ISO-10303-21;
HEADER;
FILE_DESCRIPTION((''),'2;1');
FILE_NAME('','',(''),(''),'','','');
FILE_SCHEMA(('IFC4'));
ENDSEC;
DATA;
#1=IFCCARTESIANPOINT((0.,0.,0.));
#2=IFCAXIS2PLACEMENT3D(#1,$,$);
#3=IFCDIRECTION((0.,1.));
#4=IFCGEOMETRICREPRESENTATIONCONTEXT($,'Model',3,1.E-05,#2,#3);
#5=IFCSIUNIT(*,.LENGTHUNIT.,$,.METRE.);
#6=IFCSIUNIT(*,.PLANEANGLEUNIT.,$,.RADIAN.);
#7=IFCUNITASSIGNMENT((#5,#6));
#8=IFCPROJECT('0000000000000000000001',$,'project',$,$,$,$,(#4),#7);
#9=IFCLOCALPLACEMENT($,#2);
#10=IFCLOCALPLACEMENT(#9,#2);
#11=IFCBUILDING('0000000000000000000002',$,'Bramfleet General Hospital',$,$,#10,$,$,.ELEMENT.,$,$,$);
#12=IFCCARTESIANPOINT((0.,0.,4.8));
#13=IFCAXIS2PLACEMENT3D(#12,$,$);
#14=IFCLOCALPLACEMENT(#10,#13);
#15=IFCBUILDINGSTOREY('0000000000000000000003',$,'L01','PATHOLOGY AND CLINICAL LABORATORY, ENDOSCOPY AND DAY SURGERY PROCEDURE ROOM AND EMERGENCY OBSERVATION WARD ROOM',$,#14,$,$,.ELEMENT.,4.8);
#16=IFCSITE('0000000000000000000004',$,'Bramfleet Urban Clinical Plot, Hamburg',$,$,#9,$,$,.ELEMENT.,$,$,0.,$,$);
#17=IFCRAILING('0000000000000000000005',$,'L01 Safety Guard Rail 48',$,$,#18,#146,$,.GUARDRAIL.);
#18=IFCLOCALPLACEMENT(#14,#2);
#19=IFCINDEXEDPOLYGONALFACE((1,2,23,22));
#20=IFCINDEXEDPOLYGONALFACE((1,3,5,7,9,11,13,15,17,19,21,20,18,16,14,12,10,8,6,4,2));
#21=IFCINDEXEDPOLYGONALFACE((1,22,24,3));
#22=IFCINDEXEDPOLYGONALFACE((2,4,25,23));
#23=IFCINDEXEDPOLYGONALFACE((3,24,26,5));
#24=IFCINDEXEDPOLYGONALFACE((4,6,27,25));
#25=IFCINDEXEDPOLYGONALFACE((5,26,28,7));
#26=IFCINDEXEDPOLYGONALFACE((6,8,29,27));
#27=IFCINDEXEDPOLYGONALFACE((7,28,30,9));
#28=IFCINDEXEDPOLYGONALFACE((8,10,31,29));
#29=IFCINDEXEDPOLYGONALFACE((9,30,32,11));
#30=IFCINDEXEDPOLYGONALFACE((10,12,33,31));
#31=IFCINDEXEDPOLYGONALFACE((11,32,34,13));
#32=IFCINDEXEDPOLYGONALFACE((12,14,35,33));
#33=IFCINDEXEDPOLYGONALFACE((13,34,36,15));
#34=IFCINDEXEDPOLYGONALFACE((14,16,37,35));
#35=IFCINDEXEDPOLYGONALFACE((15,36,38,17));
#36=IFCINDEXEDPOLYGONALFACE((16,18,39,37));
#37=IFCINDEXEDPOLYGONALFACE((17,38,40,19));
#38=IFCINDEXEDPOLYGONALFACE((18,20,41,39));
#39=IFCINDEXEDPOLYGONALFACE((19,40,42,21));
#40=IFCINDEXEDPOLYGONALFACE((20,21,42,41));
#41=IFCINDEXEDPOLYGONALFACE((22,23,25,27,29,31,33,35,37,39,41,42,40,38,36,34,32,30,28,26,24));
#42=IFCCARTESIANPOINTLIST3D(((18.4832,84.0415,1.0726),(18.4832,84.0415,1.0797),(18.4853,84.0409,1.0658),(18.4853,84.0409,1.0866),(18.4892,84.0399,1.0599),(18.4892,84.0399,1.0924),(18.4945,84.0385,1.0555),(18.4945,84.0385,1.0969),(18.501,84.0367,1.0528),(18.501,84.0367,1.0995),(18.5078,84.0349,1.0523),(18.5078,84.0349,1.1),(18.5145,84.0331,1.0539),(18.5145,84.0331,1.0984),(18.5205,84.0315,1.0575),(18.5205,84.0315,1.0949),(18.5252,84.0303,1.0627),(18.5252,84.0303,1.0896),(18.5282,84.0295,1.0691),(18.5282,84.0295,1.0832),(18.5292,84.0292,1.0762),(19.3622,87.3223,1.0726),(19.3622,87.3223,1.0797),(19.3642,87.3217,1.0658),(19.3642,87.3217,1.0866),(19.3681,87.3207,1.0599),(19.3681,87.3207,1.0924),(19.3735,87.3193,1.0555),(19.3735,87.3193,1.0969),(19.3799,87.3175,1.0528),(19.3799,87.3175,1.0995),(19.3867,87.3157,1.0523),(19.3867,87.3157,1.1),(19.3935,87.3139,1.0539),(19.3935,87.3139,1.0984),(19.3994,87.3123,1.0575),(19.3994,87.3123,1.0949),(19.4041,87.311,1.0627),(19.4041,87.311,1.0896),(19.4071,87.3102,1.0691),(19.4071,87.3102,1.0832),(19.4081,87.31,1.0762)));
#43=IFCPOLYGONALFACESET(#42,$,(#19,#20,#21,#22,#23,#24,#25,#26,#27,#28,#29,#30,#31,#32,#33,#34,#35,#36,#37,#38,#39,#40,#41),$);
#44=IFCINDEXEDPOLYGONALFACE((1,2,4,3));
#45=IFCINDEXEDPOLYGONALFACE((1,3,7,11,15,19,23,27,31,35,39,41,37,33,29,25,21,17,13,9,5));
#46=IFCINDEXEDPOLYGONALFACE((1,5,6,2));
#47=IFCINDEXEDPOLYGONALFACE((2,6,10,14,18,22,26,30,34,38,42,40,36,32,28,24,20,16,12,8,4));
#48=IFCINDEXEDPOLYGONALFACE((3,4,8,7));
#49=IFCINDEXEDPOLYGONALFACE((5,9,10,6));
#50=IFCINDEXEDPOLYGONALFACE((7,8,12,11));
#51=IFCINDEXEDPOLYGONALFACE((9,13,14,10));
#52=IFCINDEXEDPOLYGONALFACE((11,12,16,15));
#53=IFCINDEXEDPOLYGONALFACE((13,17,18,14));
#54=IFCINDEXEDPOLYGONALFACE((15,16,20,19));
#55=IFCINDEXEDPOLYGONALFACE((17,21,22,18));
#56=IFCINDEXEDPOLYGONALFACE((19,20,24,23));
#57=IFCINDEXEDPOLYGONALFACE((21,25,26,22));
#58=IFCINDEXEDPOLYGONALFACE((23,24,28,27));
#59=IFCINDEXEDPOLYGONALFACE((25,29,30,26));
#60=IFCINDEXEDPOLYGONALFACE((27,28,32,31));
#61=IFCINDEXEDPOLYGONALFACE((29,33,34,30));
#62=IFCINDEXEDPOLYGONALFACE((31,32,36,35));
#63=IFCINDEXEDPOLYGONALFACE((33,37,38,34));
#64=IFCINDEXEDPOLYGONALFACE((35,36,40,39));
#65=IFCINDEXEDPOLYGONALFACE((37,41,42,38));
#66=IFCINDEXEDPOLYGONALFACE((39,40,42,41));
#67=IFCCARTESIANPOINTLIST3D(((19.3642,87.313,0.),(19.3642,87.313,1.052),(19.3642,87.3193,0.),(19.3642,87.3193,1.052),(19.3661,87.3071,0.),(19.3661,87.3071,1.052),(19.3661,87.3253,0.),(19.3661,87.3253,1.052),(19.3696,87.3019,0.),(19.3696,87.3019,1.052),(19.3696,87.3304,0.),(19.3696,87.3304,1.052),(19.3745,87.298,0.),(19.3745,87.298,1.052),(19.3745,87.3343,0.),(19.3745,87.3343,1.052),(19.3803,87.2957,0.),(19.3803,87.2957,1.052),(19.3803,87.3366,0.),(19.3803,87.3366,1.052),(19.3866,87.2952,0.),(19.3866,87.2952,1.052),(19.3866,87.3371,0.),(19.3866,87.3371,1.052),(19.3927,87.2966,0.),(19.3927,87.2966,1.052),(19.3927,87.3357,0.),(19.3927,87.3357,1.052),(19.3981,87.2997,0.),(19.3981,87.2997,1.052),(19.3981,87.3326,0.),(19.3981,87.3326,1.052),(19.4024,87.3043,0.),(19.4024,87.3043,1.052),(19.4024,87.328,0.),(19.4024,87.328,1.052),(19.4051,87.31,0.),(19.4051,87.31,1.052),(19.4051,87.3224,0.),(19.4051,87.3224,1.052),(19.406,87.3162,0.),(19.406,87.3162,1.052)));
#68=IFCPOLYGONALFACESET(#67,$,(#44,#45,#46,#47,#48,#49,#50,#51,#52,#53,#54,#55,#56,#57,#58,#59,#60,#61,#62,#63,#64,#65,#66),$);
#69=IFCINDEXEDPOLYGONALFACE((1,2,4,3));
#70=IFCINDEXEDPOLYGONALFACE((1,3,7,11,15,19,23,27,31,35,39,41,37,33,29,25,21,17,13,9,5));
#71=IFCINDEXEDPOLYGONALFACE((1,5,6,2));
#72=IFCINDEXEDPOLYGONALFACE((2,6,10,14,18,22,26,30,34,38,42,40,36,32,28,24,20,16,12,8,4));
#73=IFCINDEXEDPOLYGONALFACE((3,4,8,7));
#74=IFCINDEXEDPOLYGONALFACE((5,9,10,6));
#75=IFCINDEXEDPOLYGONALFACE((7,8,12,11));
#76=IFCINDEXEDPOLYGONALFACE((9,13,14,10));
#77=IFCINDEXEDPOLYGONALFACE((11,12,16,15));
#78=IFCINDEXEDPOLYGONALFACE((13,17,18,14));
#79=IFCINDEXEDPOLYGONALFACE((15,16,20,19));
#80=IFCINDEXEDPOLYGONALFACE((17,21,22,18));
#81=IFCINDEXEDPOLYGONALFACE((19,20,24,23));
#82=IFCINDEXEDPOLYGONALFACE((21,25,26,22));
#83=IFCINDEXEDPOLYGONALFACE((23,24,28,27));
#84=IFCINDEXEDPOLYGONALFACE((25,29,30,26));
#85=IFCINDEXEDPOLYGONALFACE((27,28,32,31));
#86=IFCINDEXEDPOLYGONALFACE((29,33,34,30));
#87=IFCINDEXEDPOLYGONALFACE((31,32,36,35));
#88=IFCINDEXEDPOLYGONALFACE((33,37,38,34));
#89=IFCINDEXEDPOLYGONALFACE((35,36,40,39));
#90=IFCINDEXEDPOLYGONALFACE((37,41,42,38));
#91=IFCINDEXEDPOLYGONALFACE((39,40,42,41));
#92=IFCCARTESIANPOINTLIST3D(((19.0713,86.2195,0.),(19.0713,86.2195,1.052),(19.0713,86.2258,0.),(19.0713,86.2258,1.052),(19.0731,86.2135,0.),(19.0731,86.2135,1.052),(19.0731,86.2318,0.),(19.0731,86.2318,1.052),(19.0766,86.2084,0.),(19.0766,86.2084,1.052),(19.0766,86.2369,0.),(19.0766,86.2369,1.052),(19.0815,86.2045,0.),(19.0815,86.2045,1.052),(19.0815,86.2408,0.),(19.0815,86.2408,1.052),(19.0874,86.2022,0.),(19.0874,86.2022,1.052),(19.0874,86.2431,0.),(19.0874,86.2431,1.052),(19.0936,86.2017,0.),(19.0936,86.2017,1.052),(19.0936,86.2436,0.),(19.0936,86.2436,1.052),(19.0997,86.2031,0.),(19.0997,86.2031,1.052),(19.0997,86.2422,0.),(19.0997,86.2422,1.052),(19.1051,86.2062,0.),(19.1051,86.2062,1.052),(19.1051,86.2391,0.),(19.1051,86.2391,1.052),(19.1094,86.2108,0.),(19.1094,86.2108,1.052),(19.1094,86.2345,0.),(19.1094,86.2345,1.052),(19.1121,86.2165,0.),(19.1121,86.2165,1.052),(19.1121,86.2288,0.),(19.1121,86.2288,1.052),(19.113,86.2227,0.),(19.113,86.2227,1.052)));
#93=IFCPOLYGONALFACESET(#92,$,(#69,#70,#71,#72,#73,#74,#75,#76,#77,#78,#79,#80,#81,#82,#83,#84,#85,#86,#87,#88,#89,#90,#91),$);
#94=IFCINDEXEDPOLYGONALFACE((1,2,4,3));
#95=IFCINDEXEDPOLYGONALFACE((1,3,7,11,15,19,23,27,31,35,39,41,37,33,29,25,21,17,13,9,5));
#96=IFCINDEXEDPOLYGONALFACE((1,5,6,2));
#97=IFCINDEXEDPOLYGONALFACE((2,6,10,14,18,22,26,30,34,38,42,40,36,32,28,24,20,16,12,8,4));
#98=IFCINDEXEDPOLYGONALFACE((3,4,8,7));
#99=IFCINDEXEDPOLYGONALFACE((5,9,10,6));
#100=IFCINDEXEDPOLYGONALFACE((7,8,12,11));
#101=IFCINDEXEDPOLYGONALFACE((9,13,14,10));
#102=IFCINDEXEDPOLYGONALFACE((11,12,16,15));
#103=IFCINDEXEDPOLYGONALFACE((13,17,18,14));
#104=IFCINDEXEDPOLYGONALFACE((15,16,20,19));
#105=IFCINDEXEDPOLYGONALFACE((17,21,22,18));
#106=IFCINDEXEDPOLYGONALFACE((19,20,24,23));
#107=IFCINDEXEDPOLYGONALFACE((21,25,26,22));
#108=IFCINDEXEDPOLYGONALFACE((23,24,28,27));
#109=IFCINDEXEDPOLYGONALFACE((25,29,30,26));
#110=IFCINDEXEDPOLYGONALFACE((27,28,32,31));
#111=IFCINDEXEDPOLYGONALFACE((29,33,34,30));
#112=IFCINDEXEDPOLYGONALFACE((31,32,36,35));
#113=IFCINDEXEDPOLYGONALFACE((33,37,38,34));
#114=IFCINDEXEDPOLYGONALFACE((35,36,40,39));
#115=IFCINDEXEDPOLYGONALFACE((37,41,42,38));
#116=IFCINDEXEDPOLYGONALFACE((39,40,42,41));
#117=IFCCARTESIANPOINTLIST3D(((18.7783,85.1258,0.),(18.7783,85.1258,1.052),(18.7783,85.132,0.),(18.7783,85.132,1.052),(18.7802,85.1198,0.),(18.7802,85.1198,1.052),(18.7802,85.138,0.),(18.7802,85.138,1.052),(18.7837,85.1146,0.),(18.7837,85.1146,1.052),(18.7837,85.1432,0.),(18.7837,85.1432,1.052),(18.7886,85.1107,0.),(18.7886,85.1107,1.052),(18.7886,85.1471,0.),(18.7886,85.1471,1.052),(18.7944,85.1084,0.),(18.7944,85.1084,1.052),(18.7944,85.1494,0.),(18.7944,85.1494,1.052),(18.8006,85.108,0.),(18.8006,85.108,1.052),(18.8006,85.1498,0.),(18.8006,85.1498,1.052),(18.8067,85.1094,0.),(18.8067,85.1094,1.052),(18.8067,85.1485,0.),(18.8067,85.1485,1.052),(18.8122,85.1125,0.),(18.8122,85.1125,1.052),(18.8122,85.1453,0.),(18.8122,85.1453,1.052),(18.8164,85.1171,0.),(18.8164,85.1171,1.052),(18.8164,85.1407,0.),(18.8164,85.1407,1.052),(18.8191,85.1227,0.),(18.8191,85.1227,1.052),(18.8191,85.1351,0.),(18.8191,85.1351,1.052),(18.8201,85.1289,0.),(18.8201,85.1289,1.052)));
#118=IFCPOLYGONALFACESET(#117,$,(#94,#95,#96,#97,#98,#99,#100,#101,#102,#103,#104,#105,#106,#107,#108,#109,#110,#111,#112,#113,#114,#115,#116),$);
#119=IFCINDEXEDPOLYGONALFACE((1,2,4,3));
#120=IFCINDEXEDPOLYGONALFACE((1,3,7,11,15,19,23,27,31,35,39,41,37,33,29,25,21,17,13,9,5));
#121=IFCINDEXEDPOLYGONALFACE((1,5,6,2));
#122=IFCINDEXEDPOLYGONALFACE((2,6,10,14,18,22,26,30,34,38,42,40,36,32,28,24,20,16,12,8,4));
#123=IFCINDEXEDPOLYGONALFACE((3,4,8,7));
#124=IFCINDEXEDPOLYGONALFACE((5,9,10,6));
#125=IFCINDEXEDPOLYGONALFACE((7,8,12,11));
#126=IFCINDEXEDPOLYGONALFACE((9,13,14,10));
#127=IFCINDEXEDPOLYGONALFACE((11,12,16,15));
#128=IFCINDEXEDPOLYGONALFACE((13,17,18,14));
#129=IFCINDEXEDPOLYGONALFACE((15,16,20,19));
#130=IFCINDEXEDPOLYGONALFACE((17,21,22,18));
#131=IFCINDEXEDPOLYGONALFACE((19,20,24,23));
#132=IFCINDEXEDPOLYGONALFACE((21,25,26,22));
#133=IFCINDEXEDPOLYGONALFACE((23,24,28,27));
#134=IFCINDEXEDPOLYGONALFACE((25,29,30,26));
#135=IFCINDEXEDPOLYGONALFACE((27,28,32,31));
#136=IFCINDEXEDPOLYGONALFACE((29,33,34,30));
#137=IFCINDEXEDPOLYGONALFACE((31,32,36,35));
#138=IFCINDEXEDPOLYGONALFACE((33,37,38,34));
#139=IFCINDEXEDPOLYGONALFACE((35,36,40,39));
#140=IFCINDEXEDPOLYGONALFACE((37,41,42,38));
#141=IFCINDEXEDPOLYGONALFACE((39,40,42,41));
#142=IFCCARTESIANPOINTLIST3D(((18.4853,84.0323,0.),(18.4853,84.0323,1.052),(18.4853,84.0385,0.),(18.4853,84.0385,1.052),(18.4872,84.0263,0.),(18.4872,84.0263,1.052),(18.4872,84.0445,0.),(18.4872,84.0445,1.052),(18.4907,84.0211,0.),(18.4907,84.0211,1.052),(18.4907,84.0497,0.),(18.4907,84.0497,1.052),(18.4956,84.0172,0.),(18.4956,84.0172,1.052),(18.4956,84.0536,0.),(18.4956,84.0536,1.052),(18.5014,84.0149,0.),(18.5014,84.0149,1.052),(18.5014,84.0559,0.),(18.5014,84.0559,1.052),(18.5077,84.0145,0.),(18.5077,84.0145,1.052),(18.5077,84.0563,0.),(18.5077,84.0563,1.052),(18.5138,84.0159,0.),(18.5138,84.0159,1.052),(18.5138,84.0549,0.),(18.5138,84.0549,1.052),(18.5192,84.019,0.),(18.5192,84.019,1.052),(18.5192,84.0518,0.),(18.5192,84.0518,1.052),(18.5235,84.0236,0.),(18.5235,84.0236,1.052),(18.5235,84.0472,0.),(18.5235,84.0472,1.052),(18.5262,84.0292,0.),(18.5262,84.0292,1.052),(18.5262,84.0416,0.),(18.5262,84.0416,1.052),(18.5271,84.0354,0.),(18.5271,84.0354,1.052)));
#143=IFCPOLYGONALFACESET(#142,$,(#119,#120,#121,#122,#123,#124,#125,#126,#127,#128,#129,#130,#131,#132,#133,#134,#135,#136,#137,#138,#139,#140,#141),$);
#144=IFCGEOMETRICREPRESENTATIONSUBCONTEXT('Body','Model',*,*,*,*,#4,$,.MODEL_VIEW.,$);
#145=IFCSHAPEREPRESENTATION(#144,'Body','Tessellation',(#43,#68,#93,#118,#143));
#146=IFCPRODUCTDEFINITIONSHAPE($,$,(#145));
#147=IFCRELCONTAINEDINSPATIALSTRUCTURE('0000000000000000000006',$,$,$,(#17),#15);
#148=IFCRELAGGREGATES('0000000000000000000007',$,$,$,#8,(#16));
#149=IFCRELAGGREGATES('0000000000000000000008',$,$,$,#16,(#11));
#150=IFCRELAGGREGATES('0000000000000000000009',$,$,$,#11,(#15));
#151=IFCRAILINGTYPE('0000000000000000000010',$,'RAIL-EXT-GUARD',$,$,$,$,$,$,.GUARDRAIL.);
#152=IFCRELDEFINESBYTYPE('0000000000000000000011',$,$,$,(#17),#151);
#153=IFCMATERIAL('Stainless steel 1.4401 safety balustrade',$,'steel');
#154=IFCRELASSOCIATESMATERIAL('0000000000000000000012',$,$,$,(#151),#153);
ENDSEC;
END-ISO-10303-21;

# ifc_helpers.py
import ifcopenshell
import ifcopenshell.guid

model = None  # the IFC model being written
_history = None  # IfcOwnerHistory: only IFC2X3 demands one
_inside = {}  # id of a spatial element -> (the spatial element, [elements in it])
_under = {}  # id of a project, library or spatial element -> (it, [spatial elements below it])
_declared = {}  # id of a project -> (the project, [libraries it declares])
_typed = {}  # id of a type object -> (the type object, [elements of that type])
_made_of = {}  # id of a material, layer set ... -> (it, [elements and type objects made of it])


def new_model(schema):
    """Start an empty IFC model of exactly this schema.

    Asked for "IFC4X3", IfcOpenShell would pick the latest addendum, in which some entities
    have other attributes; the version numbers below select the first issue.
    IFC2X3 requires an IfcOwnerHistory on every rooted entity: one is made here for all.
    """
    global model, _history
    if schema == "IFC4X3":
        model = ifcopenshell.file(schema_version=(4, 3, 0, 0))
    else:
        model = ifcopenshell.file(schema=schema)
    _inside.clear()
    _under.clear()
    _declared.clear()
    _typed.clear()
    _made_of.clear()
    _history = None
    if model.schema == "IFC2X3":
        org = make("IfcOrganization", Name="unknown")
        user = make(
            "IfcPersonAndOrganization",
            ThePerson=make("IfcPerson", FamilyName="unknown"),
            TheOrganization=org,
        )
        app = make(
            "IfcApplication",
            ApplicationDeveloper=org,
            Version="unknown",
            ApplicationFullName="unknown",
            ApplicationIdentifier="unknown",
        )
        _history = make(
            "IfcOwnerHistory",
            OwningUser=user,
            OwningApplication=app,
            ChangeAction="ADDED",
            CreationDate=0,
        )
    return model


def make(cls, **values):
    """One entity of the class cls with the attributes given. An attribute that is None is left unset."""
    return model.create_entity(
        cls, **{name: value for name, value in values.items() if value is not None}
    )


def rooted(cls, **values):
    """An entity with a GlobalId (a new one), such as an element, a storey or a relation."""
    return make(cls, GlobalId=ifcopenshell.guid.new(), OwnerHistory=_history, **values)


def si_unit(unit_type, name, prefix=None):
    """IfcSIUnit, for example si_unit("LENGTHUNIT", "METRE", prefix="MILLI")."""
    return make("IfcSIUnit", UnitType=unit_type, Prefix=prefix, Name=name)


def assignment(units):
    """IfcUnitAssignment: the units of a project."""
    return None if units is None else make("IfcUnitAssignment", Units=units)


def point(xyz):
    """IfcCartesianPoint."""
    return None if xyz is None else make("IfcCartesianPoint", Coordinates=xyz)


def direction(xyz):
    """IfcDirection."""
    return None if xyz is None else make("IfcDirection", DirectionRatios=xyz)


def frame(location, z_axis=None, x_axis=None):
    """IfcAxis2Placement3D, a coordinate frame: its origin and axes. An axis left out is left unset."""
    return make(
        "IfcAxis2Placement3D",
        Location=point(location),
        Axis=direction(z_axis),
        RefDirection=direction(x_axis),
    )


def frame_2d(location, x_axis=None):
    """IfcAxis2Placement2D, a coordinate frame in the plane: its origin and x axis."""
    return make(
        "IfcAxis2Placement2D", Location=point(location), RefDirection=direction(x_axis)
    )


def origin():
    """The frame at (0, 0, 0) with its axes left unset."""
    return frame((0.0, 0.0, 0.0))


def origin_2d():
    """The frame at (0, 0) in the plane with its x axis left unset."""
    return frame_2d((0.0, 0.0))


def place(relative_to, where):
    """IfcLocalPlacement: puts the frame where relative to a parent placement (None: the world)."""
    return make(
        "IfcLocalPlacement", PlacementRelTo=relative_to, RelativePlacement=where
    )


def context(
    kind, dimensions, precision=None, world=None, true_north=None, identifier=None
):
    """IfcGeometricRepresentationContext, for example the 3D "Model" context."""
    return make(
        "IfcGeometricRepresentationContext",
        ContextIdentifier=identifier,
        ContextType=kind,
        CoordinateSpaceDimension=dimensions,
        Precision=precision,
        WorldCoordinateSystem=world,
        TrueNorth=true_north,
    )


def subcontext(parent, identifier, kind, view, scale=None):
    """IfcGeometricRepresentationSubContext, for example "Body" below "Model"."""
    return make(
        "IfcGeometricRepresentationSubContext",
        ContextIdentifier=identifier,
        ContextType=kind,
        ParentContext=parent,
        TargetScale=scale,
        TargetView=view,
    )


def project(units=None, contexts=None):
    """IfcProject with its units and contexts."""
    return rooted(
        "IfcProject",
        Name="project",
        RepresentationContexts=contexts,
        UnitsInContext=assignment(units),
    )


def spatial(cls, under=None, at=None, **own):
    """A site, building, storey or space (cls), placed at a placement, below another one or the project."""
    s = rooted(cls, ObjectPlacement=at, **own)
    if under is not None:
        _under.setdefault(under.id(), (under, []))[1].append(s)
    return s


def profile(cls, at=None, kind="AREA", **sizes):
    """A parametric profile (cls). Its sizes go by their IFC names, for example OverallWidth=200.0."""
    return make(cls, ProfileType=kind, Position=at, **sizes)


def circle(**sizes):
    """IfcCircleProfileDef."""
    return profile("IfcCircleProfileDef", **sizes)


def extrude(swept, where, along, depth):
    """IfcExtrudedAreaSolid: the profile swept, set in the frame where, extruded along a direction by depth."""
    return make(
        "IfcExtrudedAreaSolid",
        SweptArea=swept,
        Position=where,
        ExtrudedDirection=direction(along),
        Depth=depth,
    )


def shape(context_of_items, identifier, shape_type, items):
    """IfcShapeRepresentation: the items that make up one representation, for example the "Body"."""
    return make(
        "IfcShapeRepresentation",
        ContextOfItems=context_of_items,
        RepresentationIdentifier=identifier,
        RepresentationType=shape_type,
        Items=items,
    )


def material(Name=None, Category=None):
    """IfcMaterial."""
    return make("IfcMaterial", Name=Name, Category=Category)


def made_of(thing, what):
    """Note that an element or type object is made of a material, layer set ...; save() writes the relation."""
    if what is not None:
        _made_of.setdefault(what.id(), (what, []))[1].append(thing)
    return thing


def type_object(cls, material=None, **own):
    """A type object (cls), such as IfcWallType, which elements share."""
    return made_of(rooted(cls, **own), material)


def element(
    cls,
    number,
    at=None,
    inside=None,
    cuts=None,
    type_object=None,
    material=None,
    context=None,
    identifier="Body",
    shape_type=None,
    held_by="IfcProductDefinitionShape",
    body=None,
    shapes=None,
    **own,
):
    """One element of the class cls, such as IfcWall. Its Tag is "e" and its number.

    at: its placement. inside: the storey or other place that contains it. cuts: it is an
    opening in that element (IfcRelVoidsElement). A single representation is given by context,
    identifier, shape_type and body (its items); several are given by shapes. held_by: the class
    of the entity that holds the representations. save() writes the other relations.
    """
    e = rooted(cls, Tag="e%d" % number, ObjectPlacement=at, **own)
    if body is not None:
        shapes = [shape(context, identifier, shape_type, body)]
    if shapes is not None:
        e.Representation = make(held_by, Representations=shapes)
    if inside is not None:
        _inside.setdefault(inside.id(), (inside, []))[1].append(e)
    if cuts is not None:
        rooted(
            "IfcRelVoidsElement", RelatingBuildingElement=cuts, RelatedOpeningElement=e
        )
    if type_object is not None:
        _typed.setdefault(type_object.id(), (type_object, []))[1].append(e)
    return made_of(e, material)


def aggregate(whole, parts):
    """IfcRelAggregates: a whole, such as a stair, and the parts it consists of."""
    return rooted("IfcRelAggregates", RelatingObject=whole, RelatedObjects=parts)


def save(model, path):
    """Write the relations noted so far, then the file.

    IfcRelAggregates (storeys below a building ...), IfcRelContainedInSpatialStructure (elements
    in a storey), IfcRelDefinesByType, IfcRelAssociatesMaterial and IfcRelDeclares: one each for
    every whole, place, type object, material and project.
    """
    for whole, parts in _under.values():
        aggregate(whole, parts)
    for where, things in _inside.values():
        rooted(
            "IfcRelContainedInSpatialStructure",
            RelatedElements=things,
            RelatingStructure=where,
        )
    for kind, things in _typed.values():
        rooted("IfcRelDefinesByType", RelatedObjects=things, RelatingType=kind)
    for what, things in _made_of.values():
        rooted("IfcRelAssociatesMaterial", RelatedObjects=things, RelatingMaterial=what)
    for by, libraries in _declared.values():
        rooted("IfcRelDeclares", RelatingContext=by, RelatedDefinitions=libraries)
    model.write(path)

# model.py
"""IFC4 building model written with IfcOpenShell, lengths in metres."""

from ifc_helpers import new_model, si_unit, direction, frame, origin, origin_2d, place, context, subcontext, project, spatial, circle, extrude, material, type_object, element, save


model = new_model("IFC4")

# Units and contexts
model_context = context("Model", 3, precision=1e-05, world=origin(), true_north=direction((0.0, 1.0)))
body_context = subcontext(model_context, "Body", "Model", "MODEL_VIEW")
ifc_project = project(units=[si_unit("LENGTHUNIT", "METRE"), si_unit("PLANEANGLEUNIT", "RADIAN")], contexts=[model_context])

# Site, building, storey
site_placement = place(None, origin())
site = spatial("IfcSite", under=ifc_project, at=site_placement, Name="Bramfleet Urban Clinical Plot, Hamburg", CompositionType="ELEMENT", RefElevation=0.0)
building_placement = place(site_placement, origin())
building = spatial("IfcBuilding", under=site, at=building_placement, Name="Bramfleet General Hospital", CompositionType="ELEMENT")
storey_placement = place(building_placement, frame((0.0, 0.0, 4.8)))
storey = spatial("IfcBuildingStorey", under=building, at=storey_placement, Name="L01", Description="PATHOLOGY AND CLINICAL LABORATORY, ENDOSCOPY AND DAY SURGERY PROCEDURE ROOM AND EMERGENCY OBSERVATION WARD ROOM", CompositionType="ELEMENT", Elevation=4.8)

# Railing
ifc_material_1 = material(Name="Stainless steel 1.4401 safety balustrade", Category="steel")
railing_type = type_object("IfcRailingType", Name="RAIL-EXT-GUARD", PredefinedType="GUARDRAIL", material=ifc_material_1)
railing_1_placement = place(storey_placement, frame((19.385, 87.3162, 0.0)))
element("IfcRailing", 1, at=railing_1_placement, inside=storey, type_object=railing_type, Name="L01 Safety Guard Rail 48", PredefinedType="GUARDRAIL", context=body_context, shape_type="SweptSolid", body=[
    extrude(circle(Radius=0.0239, at=origin_2d()), frame((0.0, 0.0, 1.0762), z_axis=(-0.258772, -0.965938, 0.0), x_axis=(0.965938, -0.258772, 0.0)), (0.0, 0.0, 1.0), 3.3965),
    extrude(circle(Radius=0.021, at=origin_2d()), origin(), (0.0, 0.0, 1.0), 1.052),
    extrude(circle(Radius=0.021, at=origin_2d()), frame((-0.293, -1.0935, 0.0)), (0.0, 0.0, 1.0), 1.052),
    extrude(circle(Radius=0.021, at=origin_2d()), frame((-0.5859, -2.1873, 0.0)), (0.0, 0.0, 1.0), 1.052),
    extrude(circle(Radius=0.021, at=origin_2d()), frame((-0.8789, -3.2808, 0.0)), (0.0, 0.0, 1.0), 1.052),
])

save(model, "model.ifc")
